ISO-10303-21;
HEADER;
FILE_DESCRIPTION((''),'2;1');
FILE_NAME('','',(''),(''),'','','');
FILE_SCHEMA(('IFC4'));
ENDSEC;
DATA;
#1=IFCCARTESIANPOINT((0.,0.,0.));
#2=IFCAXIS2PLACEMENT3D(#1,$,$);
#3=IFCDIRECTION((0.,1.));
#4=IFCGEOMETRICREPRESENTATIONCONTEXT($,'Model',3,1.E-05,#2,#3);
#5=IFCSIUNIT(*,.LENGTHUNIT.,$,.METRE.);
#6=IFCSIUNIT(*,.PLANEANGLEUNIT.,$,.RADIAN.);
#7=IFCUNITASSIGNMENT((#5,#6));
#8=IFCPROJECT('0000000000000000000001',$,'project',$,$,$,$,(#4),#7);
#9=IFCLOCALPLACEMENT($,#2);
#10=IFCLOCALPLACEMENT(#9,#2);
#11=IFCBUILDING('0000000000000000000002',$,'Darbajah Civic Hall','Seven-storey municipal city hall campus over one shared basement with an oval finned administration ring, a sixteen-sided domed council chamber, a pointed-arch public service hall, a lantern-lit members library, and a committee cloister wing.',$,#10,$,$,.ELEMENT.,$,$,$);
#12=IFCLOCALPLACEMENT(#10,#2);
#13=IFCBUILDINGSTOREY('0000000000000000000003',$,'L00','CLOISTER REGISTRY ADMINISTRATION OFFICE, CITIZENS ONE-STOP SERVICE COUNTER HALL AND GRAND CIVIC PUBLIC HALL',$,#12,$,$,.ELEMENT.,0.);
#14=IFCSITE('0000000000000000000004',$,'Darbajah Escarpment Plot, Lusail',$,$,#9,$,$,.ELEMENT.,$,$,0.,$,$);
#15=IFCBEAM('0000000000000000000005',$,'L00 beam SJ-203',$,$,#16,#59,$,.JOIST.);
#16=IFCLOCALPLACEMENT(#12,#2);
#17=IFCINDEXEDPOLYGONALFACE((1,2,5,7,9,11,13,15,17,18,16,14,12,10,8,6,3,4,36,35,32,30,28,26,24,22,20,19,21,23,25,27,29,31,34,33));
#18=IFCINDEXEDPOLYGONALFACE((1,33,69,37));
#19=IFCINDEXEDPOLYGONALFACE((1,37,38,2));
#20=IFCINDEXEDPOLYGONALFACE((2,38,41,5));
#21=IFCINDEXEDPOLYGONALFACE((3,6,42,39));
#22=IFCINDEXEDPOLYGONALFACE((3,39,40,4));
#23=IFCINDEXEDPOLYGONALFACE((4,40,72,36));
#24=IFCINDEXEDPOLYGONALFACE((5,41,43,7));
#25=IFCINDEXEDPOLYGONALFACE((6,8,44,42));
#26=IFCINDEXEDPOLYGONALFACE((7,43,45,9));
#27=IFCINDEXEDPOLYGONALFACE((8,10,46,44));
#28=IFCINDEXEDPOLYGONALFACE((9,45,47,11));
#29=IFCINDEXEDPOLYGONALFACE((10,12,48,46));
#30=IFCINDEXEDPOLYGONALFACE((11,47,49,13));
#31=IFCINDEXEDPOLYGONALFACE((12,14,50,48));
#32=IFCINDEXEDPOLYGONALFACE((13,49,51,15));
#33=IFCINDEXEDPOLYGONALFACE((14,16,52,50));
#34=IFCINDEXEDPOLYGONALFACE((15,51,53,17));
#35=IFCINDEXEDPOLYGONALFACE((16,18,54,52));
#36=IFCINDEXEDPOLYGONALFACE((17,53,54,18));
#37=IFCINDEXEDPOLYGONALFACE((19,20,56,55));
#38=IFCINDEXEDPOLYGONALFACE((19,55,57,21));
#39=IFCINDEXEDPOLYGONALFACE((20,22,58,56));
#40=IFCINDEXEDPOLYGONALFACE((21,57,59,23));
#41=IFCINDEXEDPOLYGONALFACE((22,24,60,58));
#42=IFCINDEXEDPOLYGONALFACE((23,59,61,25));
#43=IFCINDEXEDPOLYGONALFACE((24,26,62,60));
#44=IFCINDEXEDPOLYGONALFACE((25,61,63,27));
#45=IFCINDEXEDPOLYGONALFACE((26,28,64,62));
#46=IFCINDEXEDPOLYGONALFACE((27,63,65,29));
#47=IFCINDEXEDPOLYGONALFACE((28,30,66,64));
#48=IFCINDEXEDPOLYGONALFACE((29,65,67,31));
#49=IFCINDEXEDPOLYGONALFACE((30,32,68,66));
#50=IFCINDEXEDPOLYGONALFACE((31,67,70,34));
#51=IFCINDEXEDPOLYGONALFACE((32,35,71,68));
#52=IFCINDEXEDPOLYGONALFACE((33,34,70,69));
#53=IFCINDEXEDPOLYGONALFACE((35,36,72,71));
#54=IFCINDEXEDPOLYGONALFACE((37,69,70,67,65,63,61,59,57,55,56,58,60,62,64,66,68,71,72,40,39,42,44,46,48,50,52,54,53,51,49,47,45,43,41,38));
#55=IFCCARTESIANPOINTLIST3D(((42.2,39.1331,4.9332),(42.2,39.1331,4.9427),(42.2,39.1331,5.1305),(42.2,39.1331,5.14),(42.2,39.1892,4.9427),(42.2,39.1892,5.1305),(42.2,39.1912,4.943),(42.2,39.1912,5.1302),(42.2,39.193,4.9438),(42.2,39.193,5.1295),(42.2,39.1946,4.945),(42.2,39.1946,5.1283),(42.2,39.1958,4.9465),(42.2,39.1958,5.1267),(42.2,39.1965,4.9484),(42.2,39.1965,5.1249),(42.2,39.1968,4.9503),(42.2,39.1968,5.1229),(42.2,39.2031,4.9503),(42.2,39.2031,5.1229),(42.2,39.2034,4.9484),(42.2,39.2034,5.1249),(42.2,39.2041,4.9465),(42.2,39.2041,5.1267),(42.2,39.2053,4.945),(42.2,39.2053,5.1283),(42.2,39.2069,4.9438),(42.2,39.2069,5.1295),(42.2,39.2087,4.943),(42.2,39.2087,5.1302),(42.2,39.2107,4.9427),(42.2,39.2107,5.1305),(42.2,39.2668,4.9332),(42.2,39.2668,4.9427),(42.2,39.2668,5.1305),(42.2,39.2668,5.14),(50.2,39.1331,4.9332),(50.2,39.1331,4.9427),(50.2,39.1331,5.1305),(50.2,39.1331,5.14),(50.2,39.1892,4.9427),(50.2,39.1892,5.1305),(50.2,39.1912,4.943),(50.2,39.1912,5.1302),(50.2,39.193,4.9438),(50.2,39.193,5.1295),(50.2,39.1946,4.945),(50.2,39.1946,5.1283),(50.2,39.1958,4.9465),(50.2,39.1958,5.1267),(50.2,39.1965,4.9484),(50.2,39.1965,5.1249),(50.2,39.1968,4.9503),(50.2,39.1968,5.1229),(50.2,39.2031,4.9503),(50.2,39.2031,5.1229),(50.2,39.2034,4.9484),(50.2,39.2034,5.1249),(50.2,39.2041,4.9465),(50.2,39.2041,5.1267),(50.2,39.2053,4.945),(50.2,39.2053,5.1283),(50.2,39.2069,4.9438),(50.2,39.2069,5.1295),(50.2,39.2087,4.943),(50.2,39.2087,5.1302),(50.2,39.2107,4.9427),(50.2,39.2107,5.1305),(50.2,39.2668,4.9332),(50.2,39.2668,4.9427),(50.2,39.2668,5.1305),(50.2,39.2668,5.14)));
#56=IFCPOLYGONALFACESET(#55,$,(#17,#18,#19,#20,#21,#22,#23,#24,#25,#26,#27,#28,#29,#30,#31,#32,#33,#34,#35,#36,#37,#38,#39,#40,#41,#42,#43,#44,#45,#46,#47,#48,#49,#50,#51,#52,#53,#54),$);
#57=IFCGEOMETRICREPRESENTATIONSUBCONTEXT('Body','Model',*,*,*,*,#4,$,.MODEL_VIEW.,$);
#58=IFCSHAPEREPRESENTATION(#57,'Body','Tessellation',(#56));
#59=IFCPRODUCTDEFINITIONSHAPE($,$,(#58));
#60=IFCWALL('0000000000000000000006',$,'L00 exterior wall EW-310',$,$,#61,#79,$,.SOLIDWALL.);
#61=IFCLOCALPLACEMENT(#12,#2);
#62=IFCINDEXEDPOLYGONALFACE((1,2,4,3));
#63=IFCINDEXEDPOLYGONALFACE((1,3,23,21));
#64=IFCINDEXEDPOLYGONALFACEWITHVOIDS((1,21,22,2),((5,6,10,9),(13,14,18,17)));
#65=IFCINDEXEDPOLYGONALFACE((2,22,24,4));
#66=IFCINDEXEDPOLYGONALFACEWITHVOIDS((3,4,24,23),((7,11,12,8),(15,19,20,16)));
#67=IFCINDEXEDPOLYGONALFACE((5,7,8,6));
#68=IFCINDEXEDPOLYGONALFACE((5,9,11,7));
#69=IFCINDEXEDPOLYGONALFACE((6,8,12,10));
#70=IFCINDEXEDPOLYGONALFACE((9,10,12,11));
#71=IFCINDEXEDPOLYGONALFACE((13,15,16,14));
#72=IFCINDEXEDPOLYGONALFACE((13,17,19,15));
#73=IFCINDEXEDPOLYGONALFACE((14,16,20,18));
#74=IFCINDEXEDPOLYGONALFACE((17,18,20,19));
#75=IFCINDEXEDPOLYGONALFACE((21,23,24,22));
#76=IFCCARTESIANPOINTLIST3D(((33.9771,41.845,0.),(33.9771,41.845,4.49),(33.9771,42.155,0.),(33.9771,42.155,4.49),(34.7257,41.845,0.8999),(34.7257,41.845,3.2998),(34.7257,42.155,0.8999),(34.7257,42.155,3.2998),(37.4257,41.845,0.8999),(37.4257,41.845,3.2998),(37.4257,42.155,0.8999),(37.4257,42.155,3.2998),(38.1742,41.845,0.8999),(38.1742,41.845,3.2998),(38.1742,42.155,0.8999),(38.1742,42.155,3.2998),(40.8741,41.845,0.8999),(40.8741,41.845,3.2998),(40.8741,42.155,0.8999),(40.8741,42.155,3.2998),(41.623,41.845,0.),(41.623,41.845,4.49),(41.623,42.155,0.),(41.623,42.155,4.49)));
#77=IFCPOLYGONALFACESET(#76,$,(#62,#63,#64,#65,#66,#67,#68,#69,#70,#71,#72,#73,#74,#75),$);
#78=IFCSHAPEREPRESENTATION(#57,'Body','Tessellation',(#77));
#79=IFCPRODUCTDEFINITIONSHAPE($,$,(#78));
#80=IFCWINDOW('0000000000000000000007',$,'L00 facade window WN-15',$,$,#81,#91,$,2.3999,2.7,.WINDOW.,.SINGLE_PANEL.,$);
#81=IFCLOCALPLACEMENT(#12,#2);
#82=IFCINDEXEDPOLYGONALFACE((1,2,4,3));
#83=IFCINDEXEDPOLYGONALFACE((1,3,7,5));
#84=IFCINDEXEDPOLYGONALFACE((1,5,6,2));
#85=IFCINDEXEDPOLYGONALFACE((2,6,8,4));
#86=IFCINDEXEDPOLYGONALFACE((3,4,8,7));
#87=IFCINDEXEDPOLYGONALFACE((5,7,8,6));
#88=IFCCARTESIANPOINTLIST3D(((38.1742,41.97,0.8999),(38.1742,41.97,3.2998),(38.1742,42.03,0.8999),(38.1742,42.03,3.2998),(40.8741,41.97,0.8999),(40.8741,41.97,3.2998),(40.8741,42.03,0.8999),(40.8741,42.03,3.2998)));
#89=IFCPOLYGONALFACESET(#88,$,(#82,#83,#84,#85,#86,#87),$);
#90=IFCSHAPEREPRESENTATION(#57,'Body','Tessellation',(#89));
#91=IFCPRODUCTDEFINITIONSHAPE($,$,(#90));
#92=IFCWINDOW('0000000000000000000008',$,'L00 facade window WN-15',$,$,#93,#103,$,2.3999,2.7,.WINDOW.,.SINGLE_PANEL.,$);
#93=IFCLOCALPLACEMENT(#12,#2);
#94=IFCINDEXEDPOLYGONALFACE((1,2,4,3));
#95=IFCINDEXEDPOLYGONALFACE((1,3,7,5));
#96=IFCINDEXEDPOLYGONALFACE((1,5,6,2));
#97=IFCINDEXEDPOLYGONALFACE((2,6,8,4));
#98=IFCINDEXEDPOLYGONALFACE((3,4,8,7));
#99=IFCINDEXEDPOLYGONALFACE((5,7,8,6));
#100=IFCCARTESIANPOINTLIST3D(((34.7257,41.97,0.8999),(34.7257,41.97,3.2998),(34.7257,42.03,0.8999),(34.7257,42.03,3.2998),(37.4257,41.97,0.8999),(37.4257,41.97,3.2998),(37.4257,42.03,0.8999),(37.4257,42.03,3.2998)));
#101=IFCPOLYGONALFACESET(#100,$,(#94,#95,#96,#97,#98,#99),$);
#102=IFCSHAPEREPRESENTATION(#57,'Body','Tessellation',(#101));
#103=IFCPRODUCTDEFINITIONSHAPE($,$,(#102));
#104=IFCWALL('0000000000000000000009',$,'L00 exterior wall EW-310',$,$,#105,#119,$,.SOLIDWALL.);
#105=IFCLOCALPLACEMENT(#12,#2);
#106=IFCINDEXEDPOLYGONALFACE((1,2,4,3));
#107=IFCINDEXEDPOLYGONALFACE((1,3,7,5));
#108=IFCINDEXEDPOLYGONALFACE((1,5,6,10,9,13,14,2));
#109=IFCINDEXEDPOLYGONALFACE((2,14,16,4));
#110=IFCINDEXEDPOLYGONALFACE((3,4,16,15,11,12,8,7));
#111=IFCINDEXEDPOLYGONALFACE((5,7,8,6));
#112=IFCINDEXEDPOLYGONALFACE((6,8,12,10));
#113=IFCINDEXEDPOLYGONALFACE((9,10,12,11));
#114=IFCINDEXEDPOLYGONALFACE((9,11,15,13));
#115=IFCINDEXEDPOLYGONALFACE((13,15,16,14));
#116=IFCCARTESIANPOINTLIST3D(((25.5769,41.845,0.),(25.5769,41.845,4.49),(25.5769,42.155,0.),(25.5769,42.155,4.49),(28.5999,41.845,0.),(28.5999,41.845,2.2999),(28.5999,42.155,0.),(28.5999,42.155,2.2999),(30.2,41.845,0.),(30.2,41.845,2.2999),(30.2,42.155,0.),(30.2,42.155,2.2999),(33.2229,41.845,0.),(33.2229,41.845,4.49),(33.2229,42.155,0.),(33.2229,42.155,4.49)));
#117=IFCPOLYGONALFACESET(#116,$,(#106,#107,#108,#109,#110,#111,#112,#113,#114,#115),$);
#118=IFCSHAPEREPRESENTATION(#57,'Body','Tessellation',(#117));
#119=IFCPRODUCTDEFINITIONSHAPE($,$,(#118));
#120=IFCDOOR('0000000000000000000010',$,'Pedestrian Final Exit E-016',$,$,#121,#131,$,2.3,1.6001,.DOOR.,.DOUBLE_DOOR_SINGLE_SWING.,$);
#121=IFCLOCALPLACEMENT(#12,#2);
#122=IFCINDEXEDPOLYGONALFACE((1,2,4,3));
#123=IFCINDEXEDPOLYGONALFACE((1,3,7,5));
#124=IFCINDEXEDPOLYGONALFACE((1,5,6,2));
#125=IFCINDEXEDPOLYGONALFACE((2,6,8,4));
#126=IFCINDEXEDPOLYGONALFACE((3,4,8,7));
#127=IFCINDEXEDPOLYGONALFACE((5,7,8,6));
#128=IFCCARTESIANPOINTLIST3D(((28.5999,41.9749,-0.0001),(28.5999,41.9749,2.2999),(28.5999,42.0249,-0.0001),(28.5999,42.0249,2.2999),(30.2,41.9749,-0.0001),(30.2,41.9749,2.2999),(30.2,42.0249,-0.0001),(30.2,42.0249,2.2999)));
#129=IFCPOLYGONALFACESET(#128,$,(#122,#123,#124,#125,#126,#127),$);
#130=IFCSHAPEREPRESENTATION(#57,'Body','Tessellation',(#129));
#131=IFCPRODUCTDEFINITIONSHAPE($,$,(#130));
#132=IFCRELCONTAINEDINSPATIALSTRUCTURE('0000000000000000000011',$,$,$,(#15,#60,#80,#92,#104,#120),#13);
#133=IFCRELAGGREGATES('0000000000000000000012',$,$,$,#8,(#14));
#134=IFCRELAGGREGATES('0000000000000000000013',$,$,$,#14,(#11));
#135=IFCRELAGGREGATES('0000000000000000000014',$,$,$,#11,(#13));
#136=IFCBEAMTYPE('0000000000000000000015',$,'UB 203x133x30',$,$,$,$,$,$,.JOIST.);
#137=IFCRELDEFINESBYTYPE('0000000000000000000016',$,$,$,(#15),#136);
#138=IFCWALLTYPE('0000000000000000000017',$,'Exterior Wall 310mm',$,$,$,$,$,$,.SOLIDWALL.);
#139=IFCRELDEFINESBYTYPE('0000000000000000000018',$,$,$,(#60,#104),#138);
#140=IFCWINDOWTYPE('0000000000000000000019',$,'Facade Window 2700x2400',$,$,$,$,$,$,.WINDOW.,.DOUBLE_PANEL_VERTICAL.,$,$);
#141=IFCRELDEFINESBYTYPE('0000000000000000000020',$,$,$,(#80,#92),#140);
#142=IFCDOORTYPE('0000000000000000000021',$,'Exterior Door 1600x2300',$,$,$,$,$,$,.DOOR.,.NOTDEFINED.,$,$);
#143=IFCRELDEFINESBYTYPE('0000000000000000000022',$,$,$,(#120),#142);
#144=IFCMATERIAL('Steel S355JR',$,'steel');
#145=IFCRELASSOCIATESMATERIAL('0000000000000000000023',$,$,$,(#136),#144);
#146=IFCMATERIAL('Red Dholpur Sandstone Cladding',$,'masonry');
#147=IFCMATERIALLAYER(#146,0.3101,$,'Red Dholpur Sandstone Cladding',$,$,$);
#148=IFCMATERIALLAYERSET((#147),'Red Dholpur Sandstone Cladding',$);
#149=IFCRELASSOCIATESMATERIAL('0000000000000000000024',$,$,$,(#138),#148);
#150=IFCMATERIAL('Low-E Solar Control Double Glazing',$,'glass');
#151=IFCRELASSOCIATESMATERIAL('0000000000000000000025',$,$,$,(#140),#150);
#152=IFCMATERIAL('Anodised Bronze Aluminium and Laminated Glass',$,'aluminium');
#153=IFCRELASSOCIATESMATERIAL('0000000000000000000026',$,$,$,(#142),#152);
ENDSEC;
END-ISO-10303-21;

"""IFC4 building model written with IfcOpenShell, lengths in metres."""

from ifc_helpers import new_model, si_unit, direction, frame, frame_2d, origin, origin_2d, place, context, subcontext, project, spatial, rectangle, i_section, extrude, material, layer, layer_set, material_profile, profile_set, type_object, element, fill, save


model = new_model("IFC4")

# Units and contexts
model_context = context("Model", 3, precision=1e-05, world=origin(), true_north=direction((0.0, 1.0)))
body_context = subcontext(model_context, "Body", "Model", "MODEL_VIEW")
ifc_project = project(units=[si_unit("LENGTHUNIT", "METRE"), si_unit("PLANEANGLEUNIT", "RADIAN")], contexts=[model_context])

# Site, building, storey
site_placement = place(None, origin())
site = spatial("IfcSite", under=ifc_project, at=site_placement, Name="Darbajah Escarpment Plot, Lusail", CompositionType="ELEMENT", RefElevation=0.0)
building_placement = place(site_placement, origin())
building = spatial("IfcBuilding", under=site, at=building_placement, Name="Darbajah Civic Hall", Description="Seven-storey municipal city hall campus over one shared basement with an oval finned administration ring, a sixteen-sided domed council chamber, a pointed-arch public service hall, a lantern-lit members library, and a committee cloister wing.", CompositionType="ELEMENT")
storey_placement = place(building_placement, origin())
storey = spatial("IfcBuildingStorey", under=building, at=storey_placement, Name="L00", Description="CLOISTER REGISTRY ADMINISTRATION OFFICE, CITIZENS ONE-STOP SERVICE COUNTER HALL AND GRAND CIVIC PUBLIC HALL", CompositionType="ELEMENT", Elevation=0.0)

# Beam
ifc_material_1 = material(Name="Steel S355JR", Category="steel")
ifc_material_profile_1 = material_profile(ifc_material_1, i_section(OverallWidth=0.1338, OverallDepth=0.2068, WebThickness=0.0063, FlangeThickness=0.0095, FilletRadius=0.0076, at=origin_2d()), Name="UB 203x133x30")
ifc_profile_set_1 = profile_set([ifc_material_profile_1], Name="Steel S355JR")
beam_type_1 = type_object("IfcBeamType", Name="UB 203x133x30", PredefinedType="JOIST", material=ifc_profile_set_1)
for number, where, z_axis, x_axis, name in (
    (1, (42.2, 39.2, 5.0366), (1.0, 0.0, 0.0), (0.0, 1.0, 0.0), "L00 beam SJ-203"),
):
    element("IfcBeam", number, at=place(storey_placement, frame(where, z_axis=z_axis, x_axis=x_axis)), inside=storey, type_object=beam_type_1, Name=name, PredefinedType="JOIST", context=body_context, shape_type="SweptSolid", body=[
        extrude(i_section(OverallWidth=0.1338, OverallDepth=0.2068, WebThickness=0.0063, FlangeThickness=0.0095, FilletRadius=0.0076, at=origin_2d()), origin(), (0.0, 0.0, 1.0), 8.0),
    ])

# Wall, openings, windows
ifc_material_2 = material(Name="Red Dholpur Sandstone Cladding", Category="masonry")
ifc_layer = layer(ifc_material_2, 0.3101, Name="Red Dholpur Sandstone Cladding")
ifc_layer_set = layer_set([ifc_layer], Name="Red Dholpur Sandstone Cladding")
wall_type = type_object("IfcWallType", Name="Exterior Wall 310mm", PredefinedType="SOLIDWALL", material=ifc_layer_set)
wall_1_placement = place(storey_placement, frame((41.623, 42.0, 0.0), z_axis=(0.0, 0.0, 1.0), x_axis=(-1.0, 0.0, 0.0)))
wall_1 = element("IfcWall", 2, at=wall_1_placement, inside=storey, type_object=wall_type, Name="L00 exterior wall EW-310", PredefinedType="SOLIDWALL", context=body_context, shape_type="SweptSolid", body=[
    extrude(rectangle(XDim=7.646, YDim=0.3101, at=frame_2d((3.823, 0.0))), origin(), (0.0, 0.0, 1.0), 4.49),
])
opening_1_placement = place(wall_1_placement, frame((0.7488, 0.0, 0.8999)))
opening_1 = element("IfcOpeningElement", 3, at=opening_1_placement, cuts=wall_1, PredefinedType="OPENING", context=body_context, shape_type="SweptSolid", body=[
    extrude(rectangle(XDim=2.7, YDim=2.3999, at=frame_2d((1.3501, 1.2))), frame((0.0, 0.165, 0.0), z_axis=(0.0, -1.0, 0.0), x_axis=(1.0, 0.0, 0.0)), (0.0, 0.0, 1.0), 0.3301),
])
opening_2_placement = place(wall_1_placement, frame((4.1973, 0.0, 0.8999)))
opening_2 = element("IfcOpeningElement", 4, at=opening_2_placement, cuts=wall_1, PredefinedType="OPENING", context=body_context, shape_type="SweptSolid", body=[
    extrude(rectangle(XDim=2.7, YDim=2.3999, at=frame_2d((1.3501, 1.2))), frame((0.0, 0.165, 0.0), z_axis=(0.0, -1.0, 0.0), x_axis=(1.0, 0.0, 0.0)), (0.0, 0.0, 1.0), 0.3301),
])
ifc_material_3 = material(Name="Low-E Solar Control Double Glazing", Category="glass")
window_type = type_object("IfcWindowType", Name="Facade Window 2700x2400", PartitioningType="DOUBLE_PANEL_VERTICAL", PredefinedType="WINDOW", material=ifc_material_3)
window_1_placement = place(opening_1_placement, origin())
window_1 = element("IfcWindow", 5, at=window_1_placement, inside=storey, type_object=window_type, Name="L00 facade window WN-15", OverallHeight=2.3999, OverallWidth=2.7, PartitioningType="SINGLE_PANEL", PredefinedType="WINDOW", context=body_context, shape_type="SweptSolid", body=[
    extrude(rectangle(XDim=2.7, YDim=2.3999, at=frame_2d((1.3501, 1.2))), frame((0.0, 0.03, 0.0), z_axis=(0.0, -1.0, 0.0), x_axis=(1.0, 0.0, 0.0)), (0.0, 0.0, 1.0), 0.0601),
])
fill(opening_1, window_1)
window_2_placement = place(opening_2_placement, origin())
window_2 = element("IfcWindow", 6, at=window_2_placement, inside=storey, type_object=window_type, Name="L00 facade window WN-15", OverallHeight=2.3999, OverallWidth=2.7, PartitioningType="SINGLE_PANEL", PredefinedType="WINDOW", context=body_context, shape_type="SweptSolid", body=[
    extrude(rectangle(XDim=2.7, YDim=2.3999, at=frame_2d((1.3501, 1.2))), frame((0.0, 0.03, 0.0), z_axis=(0.0, -1.0, 0.0), x_axis=(1.0, 0.0, 0.0)), (0.0, 0.0, 1.0), 0.0601),
])
fill(opening_2, window_2)

# Wall, opening, door
wall_2_placement = place(storey_placement, frame((33.2229, 42.0, 0.0), z_axis=(0.0, 0.0, 1.0), x_axis=(-1.0, 0.0, 0.0)))
wall_2 = element("IfcWall", 7, at=wall_2_placement, inside=storey, type_object=wall_type, Name="L00 exterior wall EW-310", PredefinedType="SOLIDWALL", context=body_context, shape_type="SweptSolid", body=[
    extrude(rectangle(XDim=7.646, YDim=0.3101, at=frame_2d((3.823, 0.0))), origin(), (0.0, 0.0, 1.0), 4.49),
])
opening_3_placement = place(wall_2_placement, frame((3.0229, 0.0, 0.0)))
opening_3 = element("IfcOpeningElement", 8, at=opening_3_placement, cuts=wall_2, PredefinedType="OPENING", context=body_context, shape_type="SweptSolid", body=[
    extrude(rectangle(XDim=1.6001, YDim=2.3, at=frame_2d((0.8, 1.1499))), frame((0.0, 0.165, 0.0), z_axis=(0.0, -1.0, 0.0), x_axis=(1.0, 0.0, 0.0)), (0.0, 0.0, 1.0), 0.3301),
])
ifc_material_4 = material(Name="Anodised Bronze Aluminium and Laminated Glass", Category="aluminium")
door_type = type_object("IfcDoorType", Name="Exterior Door 1600x2300", OperationType="NOTDEFINED", PredefinedType="DOOR", material=ifc_material_4)
door_placement = place(opening_3_placement, frame((1.6001, 0.0, 0.0), z_axis=(0.0, 0.0, 1.0), x_axis=(-1.0, 0.0, 0.0)))
door = element("IfcDoor", 9, at=door_placement, inside=storey, type_object=door_type, Name="Pedestrian Final Exit E-016", OperationType="DOUBLE_DOOR_SINGLE_SWING", OverallHeight=2.3, OverallWidth=1.6001, PredefinedType="DOOR", context=body_context, shape_type="SweptSolid", body=[
    extrude(rectangle(XDim=1.6001, YDim=2.3, at=frame_2d((0.8, 1.1499))), frame((0.0, 0.0249, 0.0), z_axis=(0.0, -1.0, 0.0), x_axis=(1.0, 0.0, 0.0)), (0.0, 0.0, 1.0), 0.05),
])
fill(opening_3, door)

save(model, "model.ifc")
